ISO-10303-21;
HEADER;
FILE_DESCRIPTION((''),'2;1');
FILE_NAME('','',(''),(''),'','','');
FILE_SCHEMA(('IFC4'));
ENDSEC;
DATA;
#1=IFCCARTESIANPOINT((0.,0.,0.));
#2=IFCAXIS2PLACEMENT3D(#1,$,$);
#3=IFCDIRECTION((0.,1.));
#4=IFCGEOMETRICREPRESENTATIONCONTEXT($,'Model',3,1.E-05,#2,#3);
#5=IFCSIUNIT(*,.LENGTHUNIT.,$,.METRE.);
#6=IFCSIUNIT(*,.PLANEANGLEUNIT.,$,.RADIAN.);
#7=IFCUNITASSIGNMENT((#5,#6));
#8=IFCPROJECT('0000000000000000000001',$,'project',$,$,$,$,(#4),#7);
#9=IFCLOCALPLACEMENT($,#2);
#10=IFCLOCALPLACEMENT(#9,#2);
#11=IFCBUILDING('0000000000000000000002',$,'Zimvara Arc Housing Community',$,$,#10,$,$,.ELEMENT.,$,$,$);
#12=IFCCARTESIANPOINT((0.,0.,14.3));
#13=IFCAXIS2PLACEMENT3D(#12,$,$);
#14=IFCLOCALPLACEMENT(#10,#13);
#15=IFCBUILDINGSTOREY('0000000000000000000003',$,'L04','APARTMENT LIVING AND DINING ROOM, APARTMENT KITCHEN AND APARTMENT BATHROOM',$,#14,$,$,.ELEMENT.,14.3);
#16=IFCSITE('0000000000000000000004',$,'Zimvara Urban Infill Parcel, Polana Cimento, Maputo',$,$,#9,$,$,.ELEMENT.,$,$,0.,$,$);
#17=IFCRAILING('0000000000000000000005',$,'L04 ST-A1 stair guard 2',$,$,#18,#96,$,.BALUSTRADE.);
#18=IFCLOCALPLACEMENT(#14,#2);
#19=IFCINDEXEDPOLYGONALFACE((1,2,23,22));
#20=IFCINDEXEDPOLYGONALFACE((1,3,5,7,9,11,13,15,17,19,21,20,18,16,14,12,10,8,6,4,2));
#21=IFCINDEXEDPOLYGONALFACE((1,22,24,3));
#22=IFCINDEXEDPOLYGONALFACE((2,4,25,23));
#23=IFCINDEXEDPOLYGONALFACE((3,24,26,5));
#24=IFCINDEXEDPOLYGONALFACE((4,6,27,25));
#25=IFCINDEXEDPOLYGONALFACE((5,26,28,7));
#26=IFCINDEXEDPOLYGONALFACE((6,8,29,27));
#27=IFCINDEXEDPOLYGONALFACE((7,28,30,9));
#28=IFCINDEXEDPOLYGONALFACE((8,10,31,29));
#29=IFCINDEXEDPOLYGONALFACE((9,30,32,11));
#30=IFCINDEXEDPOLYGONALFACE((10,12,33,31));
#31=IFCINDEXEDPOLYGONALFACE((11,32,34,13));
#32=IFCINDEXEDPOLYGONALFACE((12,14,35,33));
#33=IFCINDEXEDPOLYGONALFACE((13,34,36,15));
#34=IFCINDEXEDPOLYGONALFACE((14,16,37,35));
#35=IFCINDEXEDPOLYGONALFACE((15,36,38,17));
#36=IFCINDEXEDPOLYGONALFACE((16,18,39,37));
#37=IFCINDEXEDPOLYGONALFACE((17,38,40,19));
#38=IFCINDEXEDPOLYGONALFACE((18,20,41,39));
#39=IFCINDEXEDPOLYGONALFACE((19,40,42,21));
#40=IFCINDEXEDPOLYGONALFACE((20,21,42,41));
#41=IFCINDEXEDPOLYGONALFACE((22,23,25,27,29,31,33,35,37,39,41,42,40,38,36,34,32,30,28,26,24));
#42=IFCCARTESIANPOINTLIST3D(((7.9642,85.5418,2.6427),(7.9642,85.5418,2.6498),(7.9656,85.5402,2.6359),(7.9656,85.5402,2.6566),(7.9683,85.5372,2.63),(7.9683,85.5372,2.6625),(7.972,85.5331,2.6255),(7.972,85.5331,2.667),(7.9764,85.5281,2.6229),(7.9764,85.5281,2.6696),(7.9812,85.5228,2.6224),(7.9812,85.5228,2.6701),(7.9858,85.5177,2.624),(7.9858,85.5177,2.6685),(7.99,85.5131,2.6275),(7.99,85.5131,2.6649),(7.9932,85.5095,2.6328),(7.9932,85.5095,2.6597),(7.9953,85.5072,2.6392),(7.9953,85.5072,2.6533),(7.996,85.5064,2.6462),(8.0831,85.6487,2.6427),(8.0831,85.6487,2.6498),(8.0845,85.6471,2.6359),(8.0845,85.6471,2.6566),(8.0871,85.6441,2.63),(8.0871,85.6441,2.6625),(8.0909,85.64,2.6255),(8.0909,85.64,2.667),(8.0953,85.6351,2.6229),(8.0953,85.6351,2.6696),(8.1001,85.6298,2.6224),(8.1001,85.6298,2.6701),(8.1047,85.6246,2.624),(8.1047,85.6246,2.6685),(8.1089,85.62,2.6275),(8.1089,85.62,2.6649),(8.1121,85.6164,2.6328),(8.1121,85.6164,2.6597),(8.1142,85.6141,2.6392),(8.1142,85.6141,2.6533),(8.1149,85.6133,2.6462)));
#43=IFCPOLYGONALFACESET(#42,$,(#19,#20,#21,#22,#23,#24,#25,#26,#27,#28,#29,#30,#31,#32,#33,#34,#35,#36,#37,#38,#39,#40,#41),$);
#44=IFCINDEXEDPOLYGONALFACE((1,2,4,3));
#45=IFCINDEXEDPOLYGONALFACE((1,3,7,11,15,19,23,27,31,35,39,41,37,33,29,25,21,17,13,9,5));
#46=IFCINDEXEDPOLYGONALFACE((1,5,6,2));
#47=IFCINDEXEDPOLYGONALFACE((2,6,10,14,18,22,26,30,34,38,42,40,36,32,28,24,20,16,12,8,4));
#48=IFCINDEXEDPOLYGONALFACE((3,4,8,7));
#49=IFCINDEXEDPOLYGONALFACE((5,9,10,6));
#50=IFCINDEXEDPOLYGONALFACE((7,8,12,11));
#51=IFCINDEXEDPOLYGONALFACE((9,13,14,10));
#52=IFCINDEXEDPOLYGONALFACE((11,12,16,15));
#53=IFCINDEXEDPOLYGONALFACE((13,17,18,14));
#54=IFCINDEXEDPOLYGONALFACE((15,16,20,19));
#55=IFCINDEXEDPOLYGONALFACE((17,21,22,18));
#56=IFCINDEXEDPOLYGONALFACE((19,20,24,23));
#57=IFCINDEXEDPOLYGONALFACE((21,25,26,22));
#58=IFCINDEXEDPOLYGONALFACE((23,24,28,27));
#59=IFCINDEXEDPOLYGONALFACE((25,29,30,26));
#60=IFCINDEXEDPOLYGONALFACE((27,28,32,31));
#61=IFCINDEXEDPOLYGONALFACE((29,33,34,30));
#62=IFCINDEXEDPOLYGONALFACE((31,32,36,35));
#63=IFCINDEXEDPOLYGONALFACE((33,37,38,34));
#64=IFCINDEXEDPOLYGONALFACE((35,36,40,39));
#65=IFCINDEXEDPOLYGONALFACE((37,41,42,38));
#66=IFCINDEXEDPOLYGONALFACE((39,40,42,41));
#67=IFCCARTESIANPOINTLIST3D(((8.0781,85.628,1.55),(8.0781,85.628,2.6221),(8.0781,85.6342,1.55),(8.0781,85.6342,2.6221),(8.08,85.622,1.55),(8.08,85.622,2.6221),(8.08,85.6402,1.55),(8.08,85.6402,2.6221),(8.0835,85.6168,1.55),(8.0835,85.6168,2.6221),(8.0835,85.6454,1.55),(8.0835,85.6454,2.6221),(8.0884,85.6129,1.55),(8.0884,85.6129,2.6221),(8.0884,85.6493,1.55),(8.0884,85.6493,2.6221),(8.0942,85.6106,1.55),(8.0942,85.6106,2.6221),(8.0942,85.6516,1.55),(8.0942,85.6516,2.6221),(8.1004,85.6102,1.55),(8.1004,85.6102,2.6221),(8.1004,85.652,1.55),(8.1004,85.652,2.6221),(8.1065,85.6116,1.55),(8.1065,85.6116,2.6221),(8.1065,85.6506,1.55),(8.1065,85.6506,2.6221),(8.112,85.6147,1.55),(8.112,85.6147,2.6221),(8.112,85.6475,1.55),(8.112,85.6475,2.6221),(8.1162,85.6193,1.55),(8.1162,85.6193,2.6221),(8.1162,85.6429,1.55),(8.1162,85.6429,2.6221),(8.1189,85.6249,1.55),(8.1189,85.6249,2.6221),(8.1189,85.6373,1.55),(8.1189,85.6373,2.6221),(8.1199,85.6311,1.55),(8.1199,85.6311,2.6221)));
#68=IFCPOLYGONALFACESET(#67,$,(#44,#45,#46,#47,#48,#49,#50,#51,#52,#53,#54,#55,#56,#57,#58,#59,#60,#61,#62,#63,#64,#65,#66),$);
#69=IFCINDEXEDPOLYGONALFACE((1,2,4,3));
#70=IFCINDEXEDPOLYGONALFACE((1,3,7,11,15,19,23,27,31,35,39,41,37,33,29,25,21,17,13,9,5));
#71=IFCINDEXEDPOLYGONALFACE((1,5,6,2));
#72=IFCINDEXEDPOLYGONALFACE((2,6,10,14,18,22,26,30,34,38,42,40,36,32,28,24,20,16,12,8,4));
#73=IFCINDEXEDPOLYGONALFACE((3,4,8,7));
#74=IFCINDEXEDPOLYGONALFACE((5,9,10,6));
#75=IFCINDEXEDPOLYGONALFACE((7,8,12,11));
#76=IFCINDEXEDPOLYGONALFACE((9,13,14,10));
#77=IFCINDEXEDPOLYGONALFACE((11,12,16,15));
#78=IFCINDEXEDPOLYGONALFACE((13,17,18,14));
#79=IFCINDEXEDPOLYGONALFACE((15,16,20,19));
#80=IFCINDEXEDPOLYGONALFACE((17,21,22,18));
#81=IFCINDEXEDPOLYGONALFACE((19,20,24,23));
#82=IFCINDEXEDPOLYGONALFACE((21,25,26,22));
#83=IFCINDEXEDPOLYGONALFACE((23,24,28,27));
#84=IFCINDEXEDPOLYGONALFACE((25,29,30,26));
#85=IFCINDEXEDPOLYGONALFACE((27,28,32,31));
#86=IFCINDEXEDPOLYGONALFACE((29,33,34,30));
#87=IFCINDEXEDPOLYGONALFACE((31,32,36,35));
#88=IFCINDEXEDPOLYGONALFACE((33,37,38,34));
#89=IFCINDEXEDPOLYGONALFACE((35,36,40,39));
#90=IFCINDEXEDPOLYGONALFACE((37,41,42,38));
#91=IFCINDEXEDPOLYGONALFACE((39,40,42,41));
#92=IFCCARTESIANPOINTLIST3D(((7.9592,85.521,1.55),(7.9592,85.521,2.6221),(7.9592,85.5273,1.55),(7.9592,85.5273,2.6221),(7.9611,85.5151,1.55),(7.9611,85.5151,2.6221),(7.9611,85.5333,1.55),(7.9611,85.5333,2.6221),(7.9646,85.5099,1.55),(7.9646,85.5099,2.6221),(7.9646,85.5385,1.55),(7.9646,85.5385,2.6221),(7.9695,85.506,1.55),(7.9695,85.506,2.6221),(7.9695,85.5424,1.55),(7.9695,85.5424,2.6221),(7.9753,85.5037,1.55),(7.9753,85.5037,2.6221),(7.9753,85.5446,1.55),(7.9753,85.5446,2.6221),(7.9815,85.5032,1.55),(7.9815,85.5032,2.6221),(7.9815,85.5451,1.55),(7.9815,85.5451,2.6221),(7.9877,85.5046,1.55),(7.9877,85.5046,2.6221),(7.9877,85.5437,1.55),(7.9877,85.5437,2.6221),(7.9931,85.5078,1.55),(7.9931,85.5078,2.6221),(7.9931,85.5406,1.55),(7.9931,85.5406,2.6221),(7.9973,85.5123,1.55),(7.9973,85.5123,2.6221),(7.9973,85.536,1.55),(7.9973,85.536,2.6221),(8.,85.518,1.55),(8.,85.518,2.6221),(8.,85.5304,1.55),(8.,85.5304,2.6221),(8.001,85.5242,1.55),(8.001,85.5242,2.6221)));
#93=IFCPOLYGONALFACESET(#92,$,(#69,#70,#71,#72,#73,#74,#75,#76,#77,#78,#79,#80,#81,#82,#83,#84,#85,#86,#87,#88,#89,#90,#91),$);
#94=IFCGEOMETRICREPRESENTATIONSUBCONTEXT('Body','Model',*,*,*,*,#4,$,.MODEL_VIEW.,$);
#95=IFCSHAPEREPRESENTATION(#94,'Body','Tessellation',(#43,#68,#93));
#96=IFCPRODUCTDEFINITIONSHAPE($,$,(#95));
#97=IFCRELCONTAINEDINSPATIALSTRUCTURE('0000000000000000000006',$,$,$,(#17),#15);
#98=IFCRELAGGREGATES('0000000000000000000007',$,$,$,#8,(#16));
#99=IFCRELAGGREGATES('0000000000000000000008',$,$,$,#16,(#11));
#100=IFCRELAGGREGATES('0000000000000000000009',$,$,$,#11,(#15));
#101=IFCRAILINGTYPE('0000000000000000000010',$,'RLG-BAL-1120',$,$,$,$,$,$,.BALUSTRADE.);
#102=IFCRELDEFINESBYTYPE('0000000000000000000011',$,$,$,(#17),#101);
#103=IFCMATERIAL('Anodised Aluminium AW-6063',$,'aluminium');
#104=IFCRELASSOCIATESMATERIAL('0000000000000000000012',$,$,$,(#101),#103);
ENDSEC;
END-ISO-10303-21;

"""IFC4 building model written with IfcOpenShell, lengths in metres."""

from ifc_helpers import new_model, si_unit, direction, frame, origin, origin_2d, place, context, subcontext, project, spatial, circle, extrude, material, type_object, element, save


model = new_model("IFC4")

# Units and contexts
model_context = context("Model", 3, precision=1e-05, world=origin(), true_north=direction((0.0, 1.0)))
body_context = subcontext(model_context, "Body", "Model", "MODEL_VIEW")
ifc_project = project(units=[si_unit("LENGTHUNIT", "METRE"), si_unit("PLANEANGLEUNIT", "RADIAN")], contexts=[model_context])

# Site, building, storey
site_placement = place(None, origin())
site = spatial("IfcSite", under=ifc_project, at=site_placement, Name="Zimvara Urban Infill Parcel, Polana Cimento, Maputo", CompositionType="ELEMENT", RefElevation=0.0)
building_placement = place(site_placement, origin())
building = spatial("IfcBuilding", under=site, at=building_placement, Name="Zimvara Arc Housing Community", CompositionType="ELEMENT")
storey_placement = place(building_placement, frame((0.0, 0.0, 14.3)))
storey = spatial("IfcBuildingStorey", under=building, at=storey_placement, Name="L04", Description="APARTMENT LIVING AND DINING ROOM, APARTMENT KITCHEN AND APARTMENT BATHROOM", CompositionType="ELEMENT", Elevation=14.3)

# Railing
ifc_material_1 = material(Name="Anodised Aluminium AW-6063", Category="aluminium")
railing_type_1 = type_object("IfcRailingType", Name="RLG-BAL-1120", PredefinedType="BALUSTRADE", material=ifc_material_1)
railing_1_placement = place(storey_placement, frame((8.0989, 85.6311, 1.55)))
element("IfcRailing", 1, at=railing_1_placement, inside=storey, type_object=railing_type_1, Name="L04 ST-A1 stair guard 2", PredefinedType="BALUSTRADE", context=body_context, shape_type="SweptSolid", body=[
    extrude(circle(Radius=0.0239, at=origin_2d()), frame((0.0, 0.0, 1.0962), z_axis=(-0.743522, -0.668712, 0.0), x_axis=(0.668712, -0.743522, 0.0)), (0.0, 0.0, 1.0), 0.1599),
    extrude(circle(Radius=0.021, at=origin_2d()), origin(), (0.0, 0.0, 1.0), 1.072),
    extrude(circle(Radius=0.021, at=origin_2d()), frame((-0.1189, -0.1069, 0.0)), (0.0, 0.0, 1.0), 1.072),
])

save(model, "model.ifc")
